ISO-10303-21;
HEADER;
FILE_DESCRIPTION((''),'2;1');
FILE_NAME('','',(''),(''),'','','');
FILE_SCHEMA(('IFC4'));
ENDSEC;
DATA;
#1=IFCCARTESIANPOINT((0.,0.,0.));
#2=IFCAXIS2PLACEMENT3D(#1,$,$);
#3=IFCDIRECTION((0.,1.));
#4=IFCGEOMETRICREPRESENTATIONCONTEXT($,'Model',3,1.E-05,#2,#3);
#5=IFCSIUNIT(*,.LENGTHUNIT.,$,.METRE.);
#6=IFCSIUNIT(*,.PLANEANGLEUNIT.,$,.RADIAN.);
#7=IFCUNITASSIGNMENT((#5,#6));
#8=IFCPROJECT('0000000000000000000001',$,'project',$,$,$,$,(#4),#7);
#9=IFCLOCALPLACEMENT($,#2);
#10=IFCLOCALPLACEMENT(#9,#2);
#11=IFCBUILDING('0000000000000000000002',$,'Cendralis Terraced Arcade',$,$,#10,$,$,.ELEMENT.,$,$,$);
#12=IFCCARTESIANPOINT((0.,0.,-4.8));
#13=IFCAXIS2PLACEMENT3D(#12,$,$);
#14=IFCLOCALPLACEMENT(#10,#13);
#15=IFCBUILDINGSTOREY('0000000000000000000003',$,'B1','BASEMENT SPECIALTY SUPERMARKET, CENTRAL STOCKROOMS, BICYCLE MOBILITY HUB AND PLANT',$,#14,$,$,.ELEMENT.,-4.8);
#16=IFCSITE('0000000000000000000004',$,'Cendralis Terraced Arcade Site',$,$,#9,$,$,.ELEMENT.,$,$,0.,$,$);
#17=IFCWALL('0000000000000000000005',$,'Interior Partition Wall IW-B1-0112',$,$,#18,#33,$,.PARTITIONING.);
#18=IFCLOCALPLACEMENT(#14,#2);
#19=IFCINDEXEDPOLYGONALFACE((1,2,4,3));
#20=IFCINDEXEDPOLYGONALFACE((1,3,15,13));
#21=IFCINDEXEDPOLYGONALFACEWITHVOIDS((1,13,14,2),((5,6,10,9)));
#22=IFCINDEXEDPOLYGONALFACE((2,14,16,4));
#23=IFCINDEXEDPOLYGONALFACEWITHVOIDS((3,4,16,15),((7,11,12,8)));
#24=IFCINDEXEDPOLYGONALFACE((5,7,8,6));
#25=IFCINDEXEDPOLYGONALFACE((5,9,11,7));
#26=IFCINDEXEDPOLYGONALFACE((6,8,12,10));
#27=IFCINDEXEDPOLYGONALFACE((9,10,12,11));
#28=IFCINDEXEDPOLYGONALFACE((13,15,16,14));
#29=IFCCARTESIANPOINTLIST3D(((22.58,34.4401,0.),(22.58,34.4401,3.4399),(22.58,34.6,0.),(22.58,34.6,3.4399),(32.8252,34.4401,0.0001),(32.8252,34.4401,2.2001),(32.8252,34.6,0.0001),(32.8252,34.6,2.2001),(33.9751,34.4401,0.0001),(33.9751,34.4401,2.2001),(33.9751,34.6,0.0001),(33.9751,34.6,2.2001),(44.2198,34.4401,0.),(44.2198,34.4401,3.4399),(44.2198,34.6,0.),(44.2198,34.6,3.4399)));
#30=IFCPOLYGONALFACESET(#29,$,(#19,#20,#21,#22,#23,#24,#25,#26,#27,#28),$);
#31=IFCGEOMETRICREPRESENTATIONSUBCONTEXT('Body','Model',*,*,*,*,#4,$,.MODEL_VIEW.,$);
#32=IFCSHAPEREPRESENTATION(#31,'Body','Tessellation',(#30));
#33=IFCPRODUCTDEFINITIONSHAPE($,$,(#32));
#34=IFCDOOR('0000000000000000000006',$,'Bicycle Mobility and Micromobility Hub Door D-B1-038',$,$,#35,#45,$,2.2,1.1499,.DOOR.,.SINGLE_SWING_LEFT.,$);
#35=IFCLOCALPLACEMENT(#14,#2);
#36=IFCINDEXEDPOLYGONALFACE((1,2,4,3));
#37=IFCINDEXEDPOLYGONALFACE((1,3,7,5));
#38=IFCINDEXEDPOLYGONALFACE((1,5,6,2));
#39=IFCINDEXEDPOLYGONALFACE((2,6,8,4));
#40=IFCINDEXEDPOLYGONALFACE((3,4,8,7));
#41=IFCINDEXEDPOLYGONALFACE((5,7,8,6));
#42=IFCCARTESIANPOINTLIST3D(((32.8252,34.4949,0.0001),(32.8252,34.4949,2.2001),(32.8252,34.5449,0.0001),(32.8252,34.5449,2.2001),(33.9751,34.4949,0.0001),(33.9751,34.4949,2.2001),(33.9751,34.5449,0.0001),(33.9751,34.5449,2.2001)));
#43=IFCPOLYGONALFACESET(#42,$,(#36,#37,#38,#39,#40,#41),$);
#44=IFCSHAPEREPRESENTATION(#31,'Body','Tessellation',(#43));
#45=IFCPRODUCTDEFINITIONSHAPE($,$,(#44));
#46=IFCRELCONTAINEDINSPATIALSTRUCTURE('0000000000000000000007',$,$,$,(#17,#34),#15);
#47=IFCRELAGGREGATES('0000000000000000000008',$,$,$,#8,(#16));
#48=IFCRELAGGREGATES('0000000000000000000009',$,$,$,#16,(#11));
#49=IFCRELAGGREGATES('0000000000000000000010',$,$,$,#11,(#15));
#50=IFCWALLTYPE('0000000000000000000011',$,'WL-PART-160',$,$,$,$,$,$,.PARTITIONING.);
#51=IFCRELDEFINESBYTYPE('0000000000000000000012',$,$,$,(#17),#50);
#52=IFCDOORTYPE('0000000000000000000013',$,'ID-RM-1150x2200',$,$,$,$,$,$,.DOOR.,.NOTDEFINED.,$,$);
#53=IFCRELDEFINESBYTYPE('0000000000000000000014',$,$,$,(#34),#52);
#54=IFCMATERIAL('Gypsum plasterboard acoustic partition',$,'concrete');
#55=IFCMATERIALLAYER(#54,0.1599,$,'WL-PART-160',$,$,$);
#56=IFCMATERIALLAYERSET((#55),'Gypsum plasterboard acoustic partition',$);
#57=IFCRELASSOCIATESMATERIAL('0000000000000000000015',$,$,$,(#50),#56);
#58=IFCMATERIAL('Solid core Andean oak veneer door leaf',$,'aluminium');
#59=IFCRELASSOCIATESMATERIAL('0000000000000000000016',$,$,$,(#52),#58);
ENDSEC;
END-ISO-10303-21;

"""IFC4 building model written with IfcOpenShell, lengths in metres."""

from ifc_helpers import new_model, si_unit, direction, frame, frame_2d, origin, place, context, subcontext, project, spatial, rectangle, extrude, material, layer, layer_set, type_object, element, fill, save


model = new_model("IFC4")

# Units and contexts
model_context = context("Model", 3, precision=1e-05, world=origin(), true_north=direction((0.0, 1.0)))
body_context = subcontext(model_context, "Body", "Model", "MODEL_VIEW")
ifc_project = project(units=[si_unit("LENGTHUNIT", "METRE"), si_unit("PLANEANGLEUNIT", "RADIAN")], contexts=[model_context])

# Site, building, storey
site_placement = place(None, origin())
site = spatial("IfcSite", under=ifc_project, at=site_placement, Name="Cendralis Terraced Arcade Site", CompositionType="ELEMENT", RefElevation=0.0)
building_placement = place(site_placement, origin())
building = spatial("IfcBuilding", under=site, at=building_placement, Name="Cendralis Terraced Arcade", CompositionType="ELEMENT")
storey_placement = place(building_placement, frame((0.0, 0.0, -4.8)))
storey = spatial("IfcBuildingStorey", under=building, at=storey_placement, Name="B1", Description="BASEMENT SPECIALTY SUPERMARKET, CENTRAL STOCKROOMS, BICYCLE MOBILITY HUB AND PLANT", CompositionType="ELEMENT", Elevation=-4.8)

# Shared definitions
ifc_material_1 = material(Name="Gypsum plasterboard acoustic partition", Category="concrete")

# Wall, opening, door
ifc_layer_1 = layer(ifc_material_1, 0.1599, Name="WL-PART-160")
ifc_layer_set_1 = layer_set([ifc_layer_1], Name="Gypsum plasterboard acoustic partition")
wall_type_1 = type_object("IfcWallType", Name="WL-PART-160", PredefinedType="PARTITIONING", material=ifc_layer_set_1)
wall_1_placement = place(storey_placement, frame((22.5801, 34.52, 0.0), z_axis=(0.0, 0.0, 1.0), x_axis=(1.0, 0.0, 0.0)))
wall_1 = element("IfcWall", 1, at=wall_1_placement, inside=storey, type_object=wall_type_1, Name="Interior Partition Wall IW-B1-0112", PredefinedType="PARTITIONING", context=body_context, shape_type="SweptSolid", body=[
    extrude(rectangle(XDim=21.6399, YDim=0.1599, at=frame_2d((10.8198, 0.0))), origin(), (0.0, 0.0, 1.0), 3.4399),
])
opening_placement = place(wall_1_placement, frame((10.2451, 0.0, 0.0)))
opening = element("IfcOpeningElement", 2, at=opening_placement, cuts=wall_1, PredefinedType="OPENING", context=body_context, shape_type="SweptSolid", body=[
    extrude(rectangle(XDim=1.1499, YDim=2.2, at=frame_2d((0.575, 1.1001))), frame((0.0, 0.0918, 0.0), z_axis=(0.0, -1.0, 0.0), x_axis=(1.0, 0.0, 0.0)), (0.0, 0.0, 1.0), 0.1838),
])
ifc_material_2 = material(Name="Solid core Andean oak veneer door leaf", Category="aluminium")
door_type = type_object("IfcDoorType", Name="ID-RM-1150x2200", OperationType="NOTDEFINED", PredefinedType="DOOR", material=ifc_material_2)
door_placement = place(opening_placement, origin())
door = element("IfcDoor", 3, at=door_placement, inside=storey, type_object=door_type, Name="Bicycle Mobility and Micromobility Hub Door D-B1-038", OperationType="SINGLE_SWING_LEFT", OverallHeight=2.2, OverallWidth=1.1499, PredefinedType="DOOR", context=body_context, shape_type="SweptSolid", body=[
    extrude(rectangle(XDim=1.1499, YDim=2.2, at=frame_2d((0.575, 1.1001))), frame((0.0, 0.0249, 0.0), z_axis=(0.0, -1.0, 0.0), x_axis=(1.0, 0.0, 0.0)), (0.0, 0.0, 1.0), 0.05),
])
fill(opening, door)

save(model, "model.ifc")
